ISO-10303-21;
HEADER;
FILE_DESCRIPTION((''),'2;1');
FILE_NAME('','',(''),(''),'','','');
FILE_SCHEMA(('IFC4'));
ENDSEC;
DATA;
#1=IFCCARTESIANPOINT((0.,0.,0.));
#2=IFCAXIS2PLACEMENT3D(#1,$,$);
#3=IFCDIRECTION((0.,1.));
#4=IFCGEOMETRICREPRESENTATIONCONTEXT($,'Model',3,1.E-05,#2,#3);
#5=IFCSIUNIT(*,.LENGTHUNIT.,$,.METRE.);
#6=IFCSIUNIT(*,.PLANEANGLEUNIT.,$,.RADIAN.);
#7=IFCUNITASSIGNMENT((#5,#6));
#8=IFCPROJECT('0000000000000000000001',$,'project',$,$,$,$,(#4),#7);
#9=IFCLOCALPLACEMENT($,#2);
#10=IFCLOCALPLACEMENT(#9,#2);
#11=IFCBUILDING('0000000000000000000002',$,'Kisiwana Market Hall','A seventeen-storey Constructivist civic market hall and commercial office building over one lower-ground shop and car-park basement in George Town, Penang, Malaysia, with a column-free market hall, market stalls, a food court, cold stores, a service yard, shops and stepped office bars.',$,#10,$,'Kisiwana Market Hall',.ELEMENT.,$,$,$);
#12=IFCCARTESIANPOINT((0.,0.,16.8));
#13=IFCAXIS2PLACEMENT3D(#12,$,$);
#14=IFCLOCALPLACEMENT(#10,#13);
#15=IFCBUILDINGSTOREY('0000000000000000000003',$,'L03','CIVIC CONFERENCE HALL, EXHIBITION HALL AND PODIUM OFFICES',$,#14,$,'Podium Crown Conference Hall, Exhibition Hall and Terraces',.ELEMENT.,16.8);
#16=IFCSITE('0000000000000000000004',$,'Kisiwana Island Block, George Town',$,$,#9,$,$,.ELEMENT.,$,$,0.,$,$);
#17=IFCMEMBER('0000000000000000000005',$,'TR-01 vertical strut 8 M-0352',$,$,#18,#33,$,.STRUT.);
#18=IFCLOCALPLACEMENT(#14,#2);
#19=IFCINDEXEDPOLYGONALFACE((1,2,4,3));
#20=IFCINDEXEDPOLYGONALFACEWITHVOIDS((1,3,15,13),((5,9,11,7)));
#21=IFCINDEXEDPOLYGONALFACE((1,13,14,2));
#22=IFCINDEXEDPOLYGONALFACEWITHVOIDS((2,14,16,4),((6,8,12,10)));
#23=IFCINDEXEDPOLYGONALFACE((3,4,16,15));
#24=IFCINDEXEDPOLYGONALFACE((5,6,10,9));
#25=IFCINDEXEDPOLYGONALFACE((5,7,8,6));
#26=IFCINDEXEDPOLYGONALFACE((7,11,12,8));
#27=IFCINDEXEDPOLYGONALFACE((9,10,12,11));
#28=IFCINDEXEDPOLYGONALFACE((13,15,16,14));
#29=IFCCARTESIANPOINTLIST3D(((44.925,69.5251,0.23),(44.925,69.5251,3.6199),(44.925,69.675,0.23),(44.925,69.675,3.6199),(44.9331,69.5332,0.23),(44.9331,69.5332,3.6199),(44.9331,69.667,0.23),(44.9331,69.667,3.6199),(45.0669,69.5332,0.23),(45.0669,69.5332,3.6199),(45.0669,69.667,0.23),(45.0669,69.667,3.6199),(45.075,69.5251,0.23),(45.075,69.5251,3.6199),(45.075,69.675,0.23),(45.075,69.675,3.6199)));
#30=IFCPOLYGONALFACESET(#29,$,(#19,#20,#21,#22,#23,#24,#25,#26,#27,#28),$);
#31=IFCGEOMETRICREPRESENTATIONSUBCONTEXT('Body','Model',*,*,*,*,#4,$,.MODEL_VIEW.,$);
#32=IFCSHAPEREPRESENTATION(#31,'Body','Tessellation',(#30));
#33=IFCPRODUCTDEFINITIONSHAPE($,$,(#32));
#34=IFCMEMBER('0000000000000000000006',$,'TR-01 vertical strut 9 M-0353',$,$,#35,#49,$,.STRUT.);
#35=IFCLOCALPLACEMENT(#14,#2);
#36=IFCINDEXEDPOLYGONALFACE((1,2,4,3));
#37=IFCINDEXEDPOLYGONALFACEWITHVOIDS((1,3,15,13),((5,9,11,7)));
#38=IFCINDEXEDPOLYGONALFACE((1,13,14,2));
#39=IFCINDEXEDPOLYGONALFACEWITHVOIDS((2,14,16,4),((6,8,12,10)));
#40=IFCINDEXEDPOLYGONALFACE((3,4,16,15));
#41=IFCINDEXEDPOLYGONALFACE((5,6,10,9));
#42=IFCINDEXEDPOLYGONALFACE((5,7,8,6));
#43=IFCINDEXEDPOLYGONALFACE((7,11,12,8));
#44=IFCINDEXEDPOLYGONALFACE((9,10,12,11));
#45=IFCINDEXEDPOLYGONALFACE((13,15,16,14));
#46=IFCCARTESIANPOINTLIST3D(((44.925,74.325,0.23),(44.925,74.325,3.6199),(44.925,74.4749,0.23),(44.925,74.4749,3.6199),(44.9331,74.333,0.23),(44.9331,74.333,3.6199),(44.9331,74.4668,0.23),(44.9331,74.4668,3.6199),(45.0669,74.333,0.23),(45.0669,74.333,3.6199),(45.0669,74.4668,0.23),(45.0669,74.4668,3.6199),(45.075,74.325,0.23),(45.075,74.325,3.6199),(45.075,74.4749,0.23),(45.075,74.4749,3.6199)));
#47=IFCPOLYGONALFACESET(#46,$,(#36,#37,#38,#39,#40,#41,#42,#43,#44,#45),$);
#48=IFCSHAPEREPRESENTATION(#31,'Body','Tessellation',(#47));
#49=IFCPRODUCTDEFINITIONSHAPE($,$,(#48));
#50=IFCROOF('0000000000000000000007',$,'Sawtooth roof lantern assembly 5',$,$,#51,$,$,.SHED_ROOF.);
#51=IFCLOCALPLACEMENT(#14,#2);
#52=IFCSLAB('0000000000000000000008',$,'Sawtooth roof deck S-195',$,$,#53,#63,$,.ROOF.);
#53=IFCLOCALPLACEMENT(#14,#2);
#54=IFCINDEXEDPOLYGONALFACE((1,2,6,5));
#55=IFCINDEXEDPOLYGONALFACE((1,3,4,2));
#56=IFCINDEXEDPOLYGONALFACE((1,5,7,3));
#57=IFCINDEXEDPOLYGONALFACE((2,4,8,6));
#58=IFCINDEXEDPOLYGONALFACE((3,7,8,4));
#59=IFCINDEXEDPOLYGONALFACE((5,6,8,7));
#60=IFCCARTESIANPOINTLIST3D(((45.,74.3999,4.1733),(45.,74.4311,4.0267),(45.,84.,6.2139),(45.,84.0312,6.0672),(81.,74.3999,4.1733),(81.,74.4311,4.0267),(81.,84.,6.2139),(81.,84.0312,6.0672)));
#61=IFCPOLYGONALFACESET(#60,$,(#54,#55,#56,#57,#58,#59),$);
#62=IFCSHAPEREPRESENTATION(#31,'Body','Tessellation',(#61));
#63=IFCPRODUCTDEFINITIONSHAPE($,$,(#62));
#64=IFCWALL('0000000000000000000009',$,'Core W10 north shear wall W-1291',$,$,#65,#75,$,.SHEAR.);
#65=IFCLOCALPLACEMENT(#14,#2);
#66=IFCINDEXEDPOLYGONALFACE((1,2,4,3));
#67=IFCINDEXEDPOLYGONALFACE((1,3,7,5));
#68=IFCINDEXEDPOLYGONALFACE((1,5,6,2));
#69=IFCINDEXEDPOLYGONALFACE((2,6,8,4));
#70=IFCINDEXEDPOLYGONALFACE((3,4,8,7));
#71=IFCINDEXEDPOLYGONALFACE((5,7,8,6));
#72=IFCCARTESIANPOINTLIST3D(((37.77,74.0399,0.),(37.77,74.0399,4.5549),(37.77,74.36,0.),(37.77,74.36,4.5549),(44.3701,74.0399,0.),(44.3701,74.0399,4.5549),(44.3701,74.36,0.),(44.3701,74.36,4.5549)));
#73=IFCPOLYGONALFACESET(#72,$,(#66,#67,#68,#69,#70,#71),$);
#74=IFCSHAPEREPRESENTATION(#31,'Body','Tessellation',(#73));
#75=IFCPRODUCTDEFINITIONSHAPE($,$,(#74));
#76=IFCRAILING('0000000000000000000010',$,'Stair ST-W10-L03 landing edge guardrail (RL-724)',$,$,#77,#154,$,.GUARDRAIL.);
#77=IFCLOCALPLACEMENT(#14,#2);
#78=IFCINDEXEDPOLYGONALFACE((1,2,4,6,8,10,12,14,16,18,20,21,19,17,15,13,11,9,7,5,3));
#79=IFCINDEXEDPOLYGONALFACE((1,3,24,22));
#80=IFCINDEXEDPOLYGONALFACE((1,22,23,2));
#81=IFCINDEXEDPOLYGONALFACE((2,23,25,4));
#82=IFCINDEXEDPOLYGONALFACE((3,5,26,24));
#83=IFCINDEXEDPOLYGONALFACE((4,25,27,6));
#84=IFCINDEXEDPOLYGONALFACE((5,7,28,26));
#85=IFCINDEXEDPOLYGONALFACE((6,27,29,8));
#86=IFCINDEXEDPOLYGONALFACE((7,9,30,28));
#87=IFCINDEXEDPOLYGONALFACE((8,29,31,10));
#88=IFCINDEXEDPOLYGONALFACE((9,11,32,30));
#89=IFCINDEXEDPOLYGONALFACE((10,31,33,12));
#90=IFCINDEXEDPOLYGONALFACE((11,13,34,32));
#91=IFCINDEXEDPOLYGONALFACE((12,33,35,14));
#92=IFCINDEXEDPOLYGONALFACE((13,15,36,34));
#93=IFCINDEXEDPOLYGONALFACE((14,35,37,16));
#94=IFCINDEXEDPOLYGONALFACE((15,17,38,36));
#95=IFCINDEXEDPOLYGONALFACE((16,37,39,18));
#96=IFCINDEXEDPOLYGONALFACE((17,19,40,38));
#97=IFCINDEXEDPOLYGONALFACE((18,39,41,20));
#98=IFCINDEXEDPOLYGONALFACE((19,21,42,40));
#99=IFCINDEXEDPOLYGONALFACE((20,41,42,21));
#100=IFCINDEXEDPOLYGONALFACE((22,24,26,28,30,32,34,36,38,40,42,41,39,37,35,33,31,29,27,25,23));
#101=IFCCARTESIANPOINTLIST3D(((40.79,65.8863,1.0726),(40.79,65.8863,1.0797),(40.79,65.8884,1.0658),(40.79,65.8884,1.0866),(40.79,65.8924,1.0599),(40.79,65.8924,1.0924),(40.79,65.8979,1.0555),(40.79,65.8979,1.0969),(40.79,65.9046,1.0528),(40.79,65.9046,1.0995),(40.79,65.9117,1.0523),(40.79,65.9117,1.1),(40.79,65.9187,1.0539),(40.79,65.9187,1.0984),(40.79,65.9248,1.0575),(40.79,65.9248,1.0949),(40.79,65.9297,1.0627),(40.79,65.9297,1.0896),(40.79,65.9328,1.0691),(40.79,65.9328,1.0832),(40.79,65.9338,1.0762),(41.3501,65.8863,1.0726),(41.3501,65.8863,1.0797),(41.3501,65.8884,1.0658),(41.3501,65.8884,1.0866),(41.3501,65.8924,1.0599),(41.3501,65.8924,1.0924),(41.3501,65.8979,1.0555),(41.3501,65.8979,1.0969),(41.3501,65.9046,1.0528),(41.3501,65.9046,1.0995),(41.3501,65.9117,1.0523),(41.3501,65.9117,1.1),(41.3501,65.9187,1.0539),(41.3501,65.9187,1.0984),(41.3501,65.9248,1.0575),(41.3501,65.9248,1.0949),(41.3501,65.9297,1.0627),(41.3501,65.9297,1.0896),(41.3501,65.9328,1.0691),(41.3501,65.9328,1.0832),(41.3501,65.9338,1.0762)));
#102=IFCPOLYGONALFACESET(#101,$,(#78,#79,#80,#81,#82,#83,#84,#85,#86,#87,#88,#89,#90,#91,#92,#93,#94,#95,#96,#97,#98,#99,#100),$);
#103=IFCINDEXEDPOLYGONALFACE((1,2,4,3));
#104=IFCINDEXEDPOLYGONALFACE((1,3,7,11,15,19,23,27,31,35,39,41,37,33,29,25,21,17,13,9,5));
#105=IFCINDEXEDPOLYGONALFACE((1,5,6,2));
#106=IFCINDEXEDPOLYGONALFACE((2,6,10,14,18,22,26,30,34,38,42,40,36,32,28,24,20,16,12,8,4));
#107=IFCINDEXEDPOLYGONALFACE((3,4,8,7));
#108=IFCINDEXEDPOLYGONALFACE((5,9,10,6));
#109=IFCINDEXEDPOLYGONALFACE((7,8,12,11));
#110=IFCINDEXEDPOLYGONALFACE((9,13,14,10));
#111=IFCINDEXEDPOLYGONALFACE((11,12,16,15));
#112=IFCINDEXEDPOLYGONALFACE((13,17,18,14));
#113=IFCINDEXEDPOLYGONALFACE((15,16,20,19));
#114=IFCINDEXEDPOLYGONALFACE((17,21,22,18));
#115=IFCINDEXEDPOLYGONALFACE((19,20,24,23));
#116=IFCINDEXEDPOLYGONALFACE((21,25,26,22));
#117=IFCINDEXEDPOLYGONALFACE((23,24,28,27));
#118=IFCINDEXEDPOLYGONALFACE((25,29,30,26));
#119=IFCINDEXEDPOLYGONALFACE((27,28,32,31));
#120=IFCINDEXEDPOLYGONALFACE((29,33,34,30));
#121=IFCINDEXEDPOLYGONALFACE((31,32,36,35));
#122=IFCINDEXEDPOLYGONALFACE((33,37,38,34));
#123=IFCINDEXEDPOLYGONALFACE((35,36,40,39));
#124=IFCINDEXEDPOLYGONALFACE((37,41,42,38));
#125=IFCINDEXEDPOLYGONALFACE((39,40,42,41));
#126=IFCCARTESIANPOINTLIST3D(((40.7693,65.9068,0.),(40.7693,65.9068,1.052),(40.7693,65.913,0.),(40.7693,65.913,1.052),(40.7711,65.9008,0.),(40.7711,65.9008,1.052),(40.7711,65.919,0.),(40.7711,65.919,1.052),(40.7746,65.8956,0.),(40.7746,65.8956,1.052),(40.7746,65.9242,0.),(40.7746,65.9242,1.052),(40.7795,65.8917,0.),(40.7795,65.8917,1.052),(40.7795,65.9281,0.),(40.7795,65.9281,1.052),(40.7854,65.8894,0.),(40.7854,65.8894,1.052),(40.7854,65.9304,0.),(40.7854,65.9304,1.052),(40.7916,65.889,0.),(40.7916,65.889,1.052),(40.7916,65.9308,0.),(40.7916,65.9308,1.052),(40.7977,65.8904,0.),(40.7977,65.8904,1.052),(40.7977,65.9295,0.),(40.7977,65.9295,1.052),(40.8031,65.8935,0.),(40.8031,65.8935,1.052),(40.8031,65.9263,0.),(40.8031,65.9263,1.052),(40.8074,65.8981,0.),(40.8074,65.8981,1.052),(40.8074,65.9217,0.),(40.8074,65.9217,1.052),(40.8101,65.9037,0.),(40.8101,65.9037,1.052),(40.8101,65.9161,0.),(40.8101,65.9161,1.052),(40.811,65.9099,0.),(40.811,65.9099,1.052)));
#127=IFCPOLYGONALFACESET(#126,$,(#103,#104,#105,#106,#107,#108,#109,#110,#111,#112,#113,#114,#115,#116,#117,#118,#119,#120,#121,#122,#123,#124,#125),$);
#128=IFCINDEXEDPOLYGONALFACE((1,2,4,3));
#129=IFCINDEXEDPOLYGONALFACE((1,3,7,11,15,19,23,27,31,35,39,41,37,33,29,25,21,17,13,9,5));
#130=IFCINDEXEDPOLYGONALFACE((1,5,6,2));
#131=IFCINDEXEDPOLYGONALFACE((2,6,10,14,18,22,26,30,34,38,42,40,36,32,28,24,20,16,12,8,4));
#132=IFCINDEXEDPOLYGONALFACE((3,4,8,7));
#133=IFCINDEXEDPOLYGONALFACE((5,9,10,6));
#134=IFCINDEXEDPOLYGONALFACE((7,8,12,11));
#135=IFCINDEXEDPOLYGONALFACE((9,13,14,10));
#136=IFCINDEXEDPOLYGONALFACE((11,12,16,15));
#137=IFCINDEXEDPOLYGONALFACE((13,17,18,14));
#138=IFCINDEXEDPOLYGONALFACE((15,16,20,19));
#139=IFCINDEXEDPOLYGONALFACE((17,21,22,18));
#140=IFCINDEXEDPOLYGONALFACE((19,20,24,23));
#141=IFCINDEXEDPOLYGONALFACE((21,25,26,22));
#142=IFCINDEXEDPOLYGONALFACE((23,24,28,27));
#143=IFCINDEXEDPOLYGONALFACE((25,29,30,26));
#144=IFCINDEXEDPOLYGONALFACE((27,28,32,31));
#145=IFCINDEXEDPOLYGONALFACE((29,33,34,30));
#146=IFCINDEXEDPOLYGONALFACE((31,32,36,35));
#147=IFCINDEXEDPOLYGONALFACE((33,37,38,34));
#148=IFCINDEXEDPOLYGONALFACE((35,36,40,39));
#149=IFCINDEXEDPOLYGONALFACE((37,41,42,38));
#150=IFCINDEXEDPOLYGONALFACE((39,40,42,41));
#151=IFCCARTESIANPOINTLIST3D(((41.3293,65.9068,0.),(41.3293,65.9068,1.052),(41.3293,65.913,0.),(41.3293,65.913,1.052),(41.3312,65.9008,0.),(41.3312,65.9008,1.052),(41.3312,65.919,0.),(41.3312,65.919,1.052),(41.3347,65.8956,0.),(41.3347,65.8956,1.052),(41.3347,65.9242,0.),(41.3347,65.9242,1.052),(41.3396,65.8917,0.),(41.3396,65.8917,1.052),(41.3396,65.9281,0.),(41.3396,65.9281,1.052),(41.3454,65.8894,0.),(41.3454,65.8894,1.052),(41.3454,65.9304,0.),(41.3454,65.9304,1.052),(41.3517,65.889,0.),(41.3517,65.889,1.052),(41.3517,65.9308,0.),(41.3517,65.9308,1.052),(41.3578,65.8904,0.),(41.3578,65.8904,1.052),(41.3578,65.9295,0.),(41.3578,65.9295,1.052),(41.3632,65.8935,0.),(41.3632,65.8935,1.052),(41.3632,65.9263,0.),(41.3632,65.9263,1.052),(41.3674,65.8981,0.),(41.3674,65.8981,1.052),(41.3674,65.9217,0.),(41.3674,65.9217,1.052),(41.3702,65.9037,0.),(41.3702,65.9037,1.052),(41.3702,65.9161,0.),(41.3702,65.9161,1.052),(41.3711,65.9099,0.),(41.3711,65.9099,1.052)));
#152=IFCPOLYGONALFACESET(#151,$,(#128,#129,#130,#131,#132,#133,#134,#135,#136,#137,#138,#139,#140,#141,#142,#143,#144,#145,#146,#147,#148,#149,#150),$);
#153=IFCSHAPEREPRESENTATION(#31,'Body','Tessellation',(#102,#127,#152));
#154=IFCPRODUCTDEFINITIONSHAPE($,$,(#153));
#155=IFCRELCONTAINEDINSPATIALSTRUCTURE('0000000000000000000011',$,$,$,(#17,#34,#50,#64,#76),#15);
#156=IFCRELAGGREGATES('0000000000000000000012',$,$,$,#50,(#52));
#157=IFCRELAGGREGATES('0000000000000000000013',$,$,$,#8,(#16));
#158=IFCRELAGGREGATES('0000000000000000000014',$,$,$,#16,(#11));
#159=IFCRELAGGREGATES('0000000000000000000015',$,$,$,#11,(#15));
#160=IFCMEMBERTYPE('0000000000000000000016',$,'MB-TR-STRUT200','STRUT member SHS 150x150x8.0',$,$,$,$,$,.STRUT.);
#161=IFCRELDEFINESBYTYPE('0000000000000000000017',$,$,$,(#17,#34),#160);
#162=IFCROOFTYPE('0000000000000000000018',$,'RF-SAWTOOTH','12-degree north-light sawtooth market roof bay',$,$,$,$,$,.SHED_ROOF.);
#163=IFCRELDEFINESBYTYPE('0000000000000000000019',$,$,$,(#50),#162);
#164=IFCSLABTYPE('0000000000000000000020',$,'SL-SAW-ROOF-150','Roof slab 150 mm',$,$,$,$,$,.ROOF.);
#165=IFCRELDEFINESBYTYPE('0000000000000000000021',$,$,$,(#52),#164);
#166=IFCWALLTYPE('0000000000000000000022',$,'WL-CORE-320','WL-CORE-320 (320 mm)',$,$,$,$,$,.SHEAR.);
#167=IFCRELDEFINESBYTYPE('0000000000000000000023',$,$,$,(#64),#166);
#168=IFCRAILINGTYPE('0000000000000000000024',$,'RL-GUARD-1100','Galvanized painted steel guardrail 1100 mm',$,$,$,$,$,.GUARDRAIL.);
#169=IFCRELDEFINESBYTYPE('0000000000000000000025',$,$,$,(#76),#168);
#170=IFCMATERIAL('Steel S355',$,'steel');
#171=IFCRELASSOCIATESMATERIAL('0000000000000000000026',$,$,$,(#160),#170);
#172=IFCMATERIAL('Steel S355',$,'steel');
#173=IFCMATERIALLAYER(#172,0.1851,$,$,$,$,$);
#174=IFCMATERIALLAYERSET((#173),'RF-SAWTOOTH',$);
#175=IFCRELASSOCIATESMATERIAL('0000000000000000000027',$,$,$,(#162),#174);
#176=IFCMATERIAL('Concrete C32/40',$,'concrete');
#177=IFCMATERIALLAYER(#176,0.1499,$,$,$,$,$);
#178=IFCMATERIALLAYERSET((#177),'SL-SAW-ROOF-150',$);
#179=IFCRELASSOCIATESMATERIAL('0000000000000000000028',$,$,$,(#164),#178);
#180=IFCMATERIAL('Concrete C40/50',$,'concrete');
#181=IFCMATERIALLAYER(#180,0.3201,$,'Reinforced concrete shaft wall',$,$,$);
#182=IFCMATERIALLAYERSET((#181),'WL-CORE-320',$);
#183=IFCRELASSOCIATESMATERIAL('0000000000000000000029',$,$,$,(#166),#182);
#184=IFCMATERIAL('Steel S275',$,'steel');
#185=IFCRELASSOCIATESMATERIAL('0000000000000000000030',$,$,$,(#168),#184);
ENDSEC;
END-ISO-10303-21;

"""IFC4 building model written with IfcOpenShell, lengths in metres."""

from ifc_helpers import new_model, si_unit, direction, frame, frame_2d, origin, origin_2d, place, context, subcontext, project, spatial, polyline, rectangle, hollow_rectangle, circle, outline, extrude, material, layer, layer_set, material_profile, profile_set, type_object, element, aggregate, save


model = new_model("IFC4")

# Units and contexts
model_context = context("Model", 3, precision=1e-05, world=origin(), true_north=direction((0.0, 1.0)))
body_context = subcontext(model_context, "Body", "Model", "MODEL_VIEW")
ifc_project = project(units=[si_unit("LENGTHUNIT", "METRE"), si_unit("PLANEANGLEUNIT", "RADIAN")], contexts=[model_context])

# Site, building, storey
site_placement = place(None, origin())
site = spatial("IfcSite", under=ifc_project, at=site_placement, Name="Kisiwana Island Block, George Town", CompositionType="ELEMENT", RefElevation=0.0)
building_placement = place(site_placement, origin())
building = spatial("IfcBuilding", under=site, at=building_placement, Name="Kisiwana Market Hall", Description="A seventeen-storey Constructivist civic market hall and commercial office building over one lower-ground shop and car-park basement in George Town, Penang, Malaysia, with a column-free market hall, market stalls, a food court, cold stores, a service yard, shops and stepped office bars.", LongName="Kisiwana Market Hall", CompositionType="ELEMENT")
storey_placement = place(building_placement, frame((0.0, 0.0, 16.8)))
storey = spatial("IfcBuildingStorey", under=building, at=storey_placement, Name="L03", Description="CIVIC CONFERENCE HALL, EXHIBITION HALL AND PODIUM OFFICES", LongName="Podium Crown Conference Hall, Exhibition Hall and Terraces", CompositionType="ELEMENT", Elevation=16.8)

# Members
ifc_material_1 = material(Name="Steel S355", Category="steel")
ifc_material_profile_1 = material_profile(ifc_material_1, hollow_rectangle(XDim=0.1499, YDim=0.1499, WallThickness=0.0081, at=origin_2d()), Name="SHS 150x150x8.0")
ifc_profile_set_1 = profile_set([ifc_material_profile_1], Name="Steel S355")
member_type_1 = type_object("IfcMemberType", Name="MB-TR-STRUT200", Description="STRUT member SHS 150x150x8.0", PredefinedType="STRUT", material=ifc_profile_set_1)
for number, where, z_axis, x_axis, name in (
    (1, (45.0, 69.6001, 0.23), (0.0, 0.0, 1.0), (1.0, 0.0, 0.0), "TR-01 vertical strut 8 M-0352"),
    (2, (45.0, 74.3999, 0.23), (0.0, 0.0, 1.0), (1.0, 0.0, 0.0), "TR-01 vertical strut 9 M-0353"),
):
    element("IfcMember", number, at=place(storey_placement, frame(where, z_axis=z_axis, x_axis=x_axis)), inside=storey, type_object=member_type_1, Name=name, PredefinedType="STRUT", context=body_context, shape_type="SweptSolid", body=[
        extrude(hollow_rectangle(XDim=0.1499, YDim=0.1499, WallThickness=0.0081, at=origin_2d()), origin(), (0.0, 0.0, 1.0), 3.3899),
    ])

# Roof, slab
ifc_material_2 = material(Name="Steel S355", Category="steel")
ifc_layer_1 = layer(ifc_material_2, 0.1851)
ifc_layer_set_1 = layer_set([ifc_layer_1], Name="RF-SAWTOOTH")
roof_type = type_object("IfcRoofType", Name="RF-SAWTOOTH", Description="12-degree north-light sawtooth market roof bay", PredefinedType="SHED_ROOF", material=ifc_layer_set_1)
roof_placement = place(storey_placement, origin())
roof = element("IfcRoof", 3, at=roof_placement, inside=storey, type_object=roof_type, Name="Sawtooth roof lantern assembly 5", PredefinedType="SHED_ROOF")
ifc_material_3 = material(Name="Concrete C32/40", Category="concrete")
ifc_layer_2 = layer(ifc_material_3, 0.1499)
ifc_layer_set_2 = layer_set([ifc_layer_2], Name="SL-SAW-ROOF-150")
slab_type = type_object("IfcSlabType", Name="SL-SAW-ROOF-150", Description="Roof slab 150 mm", PredefinedType="ROOF", material=ifc_layer_set_2)
slab_placement = place(storey_placement, frame((45.0, 74.3999, 4.1733), z_axis=(0.0, -0.207908, 0.978148), x_axis=(1.0, 0.0, 0.0)))
slab = element("IfcSlab", 4, at=slab_placement, type_object=slab_type, Name="Sawtooth roof deck S-195", PredefinedType="ROOF", context=body_context, shape_type="SweptSolid", body=[
    extrude(outline(polyline([(0.0, 0.0), (36.0, 0.0), (36.0, 9.8146), (0.0, 9.8146), (0.0, 0.0)])), origin(), (0.0, 0.0, -1.0), 0.1499),
])
aggregate(roof, [slab])

# Wall
ifc_material_4 = material(Name="Concrete C40/50", Category="concrete")
ifc_layer_3 = layer(ifc_material_4, 0.3201, Name="Reinforced concrete shaft wall")
ifc_layer_set_3 = layer_set([ifc_layer_3], Name="WL-CORE-320")
wall_type = type_object("IfcWallType", Name="WL-CORE-320", Description="WL-CORE-320 (320 mm)", PredefinedType="SHEAR", material=ifc_layer_set_3)
wall_placement = place(storey_placement, frame((37.77, 74.2, 0.0), z_axis=(0.0, 0.0, 1.0), x_axis=(1.0, 0.0, 0.0)))
element("IfcWall", 5, at=wall_placement, inside=storey, type_object=wall_type, Name="Core W10 north shear wall W-1291", PredefinedType="SHEAR", context=body_context, shape_type="SweptSolid", body=[
    extrude(rectangle(XDim=6.6001, YDim=0.3201, at=frame_2d((3.3, 0.0))), origin(), (0.0, 0.0, 1.0), 4.5549),
])

# Railing
ifc_material_5 = material(Name="Steel S275", Category="steel")
railing_type_1 = type_object("IfcRailingType", Name="RL-GUARD-1100", Description="Galvanized painted steel guardrail 1100 mm", PredefinedType="GUARDRAIL", material=ifc_material_5)
railing_1_placement = place(storey_placement, frame((40.79, 65.9099, 0.0)))
element("IfcRailing", 6, at=railing_1_placement, inside=storey, type_object=railing_type_1, Name="Stair ST-W10-L03 landing edge guardrail (RL-724)", PredefinedType="GUARDRAIL", context=body_context, shape_type="SweptSolid", body=[
    extrude(circle(Radius=0.0239, at=origin_2d()), frame((0.0, 0.0, 1.0762), z_axis=(1.0, 0.0, 0.0), x_axis=(0.0, 1.0, 0.0)), (0.0, 0.0, 1.0), 0.5601),
    extrude(circle(Radius=0.021, at=origin_2d()), origin(), (0.0, 0.0, 1.0), 1.052),
    extrude(circle(Radius=0.021, at=origin_2d()), frame((0.5601, 0.0, 0.0)), (0.0, 0.0, 1.0), 1.052),
])

save(model, "model.ifc")
